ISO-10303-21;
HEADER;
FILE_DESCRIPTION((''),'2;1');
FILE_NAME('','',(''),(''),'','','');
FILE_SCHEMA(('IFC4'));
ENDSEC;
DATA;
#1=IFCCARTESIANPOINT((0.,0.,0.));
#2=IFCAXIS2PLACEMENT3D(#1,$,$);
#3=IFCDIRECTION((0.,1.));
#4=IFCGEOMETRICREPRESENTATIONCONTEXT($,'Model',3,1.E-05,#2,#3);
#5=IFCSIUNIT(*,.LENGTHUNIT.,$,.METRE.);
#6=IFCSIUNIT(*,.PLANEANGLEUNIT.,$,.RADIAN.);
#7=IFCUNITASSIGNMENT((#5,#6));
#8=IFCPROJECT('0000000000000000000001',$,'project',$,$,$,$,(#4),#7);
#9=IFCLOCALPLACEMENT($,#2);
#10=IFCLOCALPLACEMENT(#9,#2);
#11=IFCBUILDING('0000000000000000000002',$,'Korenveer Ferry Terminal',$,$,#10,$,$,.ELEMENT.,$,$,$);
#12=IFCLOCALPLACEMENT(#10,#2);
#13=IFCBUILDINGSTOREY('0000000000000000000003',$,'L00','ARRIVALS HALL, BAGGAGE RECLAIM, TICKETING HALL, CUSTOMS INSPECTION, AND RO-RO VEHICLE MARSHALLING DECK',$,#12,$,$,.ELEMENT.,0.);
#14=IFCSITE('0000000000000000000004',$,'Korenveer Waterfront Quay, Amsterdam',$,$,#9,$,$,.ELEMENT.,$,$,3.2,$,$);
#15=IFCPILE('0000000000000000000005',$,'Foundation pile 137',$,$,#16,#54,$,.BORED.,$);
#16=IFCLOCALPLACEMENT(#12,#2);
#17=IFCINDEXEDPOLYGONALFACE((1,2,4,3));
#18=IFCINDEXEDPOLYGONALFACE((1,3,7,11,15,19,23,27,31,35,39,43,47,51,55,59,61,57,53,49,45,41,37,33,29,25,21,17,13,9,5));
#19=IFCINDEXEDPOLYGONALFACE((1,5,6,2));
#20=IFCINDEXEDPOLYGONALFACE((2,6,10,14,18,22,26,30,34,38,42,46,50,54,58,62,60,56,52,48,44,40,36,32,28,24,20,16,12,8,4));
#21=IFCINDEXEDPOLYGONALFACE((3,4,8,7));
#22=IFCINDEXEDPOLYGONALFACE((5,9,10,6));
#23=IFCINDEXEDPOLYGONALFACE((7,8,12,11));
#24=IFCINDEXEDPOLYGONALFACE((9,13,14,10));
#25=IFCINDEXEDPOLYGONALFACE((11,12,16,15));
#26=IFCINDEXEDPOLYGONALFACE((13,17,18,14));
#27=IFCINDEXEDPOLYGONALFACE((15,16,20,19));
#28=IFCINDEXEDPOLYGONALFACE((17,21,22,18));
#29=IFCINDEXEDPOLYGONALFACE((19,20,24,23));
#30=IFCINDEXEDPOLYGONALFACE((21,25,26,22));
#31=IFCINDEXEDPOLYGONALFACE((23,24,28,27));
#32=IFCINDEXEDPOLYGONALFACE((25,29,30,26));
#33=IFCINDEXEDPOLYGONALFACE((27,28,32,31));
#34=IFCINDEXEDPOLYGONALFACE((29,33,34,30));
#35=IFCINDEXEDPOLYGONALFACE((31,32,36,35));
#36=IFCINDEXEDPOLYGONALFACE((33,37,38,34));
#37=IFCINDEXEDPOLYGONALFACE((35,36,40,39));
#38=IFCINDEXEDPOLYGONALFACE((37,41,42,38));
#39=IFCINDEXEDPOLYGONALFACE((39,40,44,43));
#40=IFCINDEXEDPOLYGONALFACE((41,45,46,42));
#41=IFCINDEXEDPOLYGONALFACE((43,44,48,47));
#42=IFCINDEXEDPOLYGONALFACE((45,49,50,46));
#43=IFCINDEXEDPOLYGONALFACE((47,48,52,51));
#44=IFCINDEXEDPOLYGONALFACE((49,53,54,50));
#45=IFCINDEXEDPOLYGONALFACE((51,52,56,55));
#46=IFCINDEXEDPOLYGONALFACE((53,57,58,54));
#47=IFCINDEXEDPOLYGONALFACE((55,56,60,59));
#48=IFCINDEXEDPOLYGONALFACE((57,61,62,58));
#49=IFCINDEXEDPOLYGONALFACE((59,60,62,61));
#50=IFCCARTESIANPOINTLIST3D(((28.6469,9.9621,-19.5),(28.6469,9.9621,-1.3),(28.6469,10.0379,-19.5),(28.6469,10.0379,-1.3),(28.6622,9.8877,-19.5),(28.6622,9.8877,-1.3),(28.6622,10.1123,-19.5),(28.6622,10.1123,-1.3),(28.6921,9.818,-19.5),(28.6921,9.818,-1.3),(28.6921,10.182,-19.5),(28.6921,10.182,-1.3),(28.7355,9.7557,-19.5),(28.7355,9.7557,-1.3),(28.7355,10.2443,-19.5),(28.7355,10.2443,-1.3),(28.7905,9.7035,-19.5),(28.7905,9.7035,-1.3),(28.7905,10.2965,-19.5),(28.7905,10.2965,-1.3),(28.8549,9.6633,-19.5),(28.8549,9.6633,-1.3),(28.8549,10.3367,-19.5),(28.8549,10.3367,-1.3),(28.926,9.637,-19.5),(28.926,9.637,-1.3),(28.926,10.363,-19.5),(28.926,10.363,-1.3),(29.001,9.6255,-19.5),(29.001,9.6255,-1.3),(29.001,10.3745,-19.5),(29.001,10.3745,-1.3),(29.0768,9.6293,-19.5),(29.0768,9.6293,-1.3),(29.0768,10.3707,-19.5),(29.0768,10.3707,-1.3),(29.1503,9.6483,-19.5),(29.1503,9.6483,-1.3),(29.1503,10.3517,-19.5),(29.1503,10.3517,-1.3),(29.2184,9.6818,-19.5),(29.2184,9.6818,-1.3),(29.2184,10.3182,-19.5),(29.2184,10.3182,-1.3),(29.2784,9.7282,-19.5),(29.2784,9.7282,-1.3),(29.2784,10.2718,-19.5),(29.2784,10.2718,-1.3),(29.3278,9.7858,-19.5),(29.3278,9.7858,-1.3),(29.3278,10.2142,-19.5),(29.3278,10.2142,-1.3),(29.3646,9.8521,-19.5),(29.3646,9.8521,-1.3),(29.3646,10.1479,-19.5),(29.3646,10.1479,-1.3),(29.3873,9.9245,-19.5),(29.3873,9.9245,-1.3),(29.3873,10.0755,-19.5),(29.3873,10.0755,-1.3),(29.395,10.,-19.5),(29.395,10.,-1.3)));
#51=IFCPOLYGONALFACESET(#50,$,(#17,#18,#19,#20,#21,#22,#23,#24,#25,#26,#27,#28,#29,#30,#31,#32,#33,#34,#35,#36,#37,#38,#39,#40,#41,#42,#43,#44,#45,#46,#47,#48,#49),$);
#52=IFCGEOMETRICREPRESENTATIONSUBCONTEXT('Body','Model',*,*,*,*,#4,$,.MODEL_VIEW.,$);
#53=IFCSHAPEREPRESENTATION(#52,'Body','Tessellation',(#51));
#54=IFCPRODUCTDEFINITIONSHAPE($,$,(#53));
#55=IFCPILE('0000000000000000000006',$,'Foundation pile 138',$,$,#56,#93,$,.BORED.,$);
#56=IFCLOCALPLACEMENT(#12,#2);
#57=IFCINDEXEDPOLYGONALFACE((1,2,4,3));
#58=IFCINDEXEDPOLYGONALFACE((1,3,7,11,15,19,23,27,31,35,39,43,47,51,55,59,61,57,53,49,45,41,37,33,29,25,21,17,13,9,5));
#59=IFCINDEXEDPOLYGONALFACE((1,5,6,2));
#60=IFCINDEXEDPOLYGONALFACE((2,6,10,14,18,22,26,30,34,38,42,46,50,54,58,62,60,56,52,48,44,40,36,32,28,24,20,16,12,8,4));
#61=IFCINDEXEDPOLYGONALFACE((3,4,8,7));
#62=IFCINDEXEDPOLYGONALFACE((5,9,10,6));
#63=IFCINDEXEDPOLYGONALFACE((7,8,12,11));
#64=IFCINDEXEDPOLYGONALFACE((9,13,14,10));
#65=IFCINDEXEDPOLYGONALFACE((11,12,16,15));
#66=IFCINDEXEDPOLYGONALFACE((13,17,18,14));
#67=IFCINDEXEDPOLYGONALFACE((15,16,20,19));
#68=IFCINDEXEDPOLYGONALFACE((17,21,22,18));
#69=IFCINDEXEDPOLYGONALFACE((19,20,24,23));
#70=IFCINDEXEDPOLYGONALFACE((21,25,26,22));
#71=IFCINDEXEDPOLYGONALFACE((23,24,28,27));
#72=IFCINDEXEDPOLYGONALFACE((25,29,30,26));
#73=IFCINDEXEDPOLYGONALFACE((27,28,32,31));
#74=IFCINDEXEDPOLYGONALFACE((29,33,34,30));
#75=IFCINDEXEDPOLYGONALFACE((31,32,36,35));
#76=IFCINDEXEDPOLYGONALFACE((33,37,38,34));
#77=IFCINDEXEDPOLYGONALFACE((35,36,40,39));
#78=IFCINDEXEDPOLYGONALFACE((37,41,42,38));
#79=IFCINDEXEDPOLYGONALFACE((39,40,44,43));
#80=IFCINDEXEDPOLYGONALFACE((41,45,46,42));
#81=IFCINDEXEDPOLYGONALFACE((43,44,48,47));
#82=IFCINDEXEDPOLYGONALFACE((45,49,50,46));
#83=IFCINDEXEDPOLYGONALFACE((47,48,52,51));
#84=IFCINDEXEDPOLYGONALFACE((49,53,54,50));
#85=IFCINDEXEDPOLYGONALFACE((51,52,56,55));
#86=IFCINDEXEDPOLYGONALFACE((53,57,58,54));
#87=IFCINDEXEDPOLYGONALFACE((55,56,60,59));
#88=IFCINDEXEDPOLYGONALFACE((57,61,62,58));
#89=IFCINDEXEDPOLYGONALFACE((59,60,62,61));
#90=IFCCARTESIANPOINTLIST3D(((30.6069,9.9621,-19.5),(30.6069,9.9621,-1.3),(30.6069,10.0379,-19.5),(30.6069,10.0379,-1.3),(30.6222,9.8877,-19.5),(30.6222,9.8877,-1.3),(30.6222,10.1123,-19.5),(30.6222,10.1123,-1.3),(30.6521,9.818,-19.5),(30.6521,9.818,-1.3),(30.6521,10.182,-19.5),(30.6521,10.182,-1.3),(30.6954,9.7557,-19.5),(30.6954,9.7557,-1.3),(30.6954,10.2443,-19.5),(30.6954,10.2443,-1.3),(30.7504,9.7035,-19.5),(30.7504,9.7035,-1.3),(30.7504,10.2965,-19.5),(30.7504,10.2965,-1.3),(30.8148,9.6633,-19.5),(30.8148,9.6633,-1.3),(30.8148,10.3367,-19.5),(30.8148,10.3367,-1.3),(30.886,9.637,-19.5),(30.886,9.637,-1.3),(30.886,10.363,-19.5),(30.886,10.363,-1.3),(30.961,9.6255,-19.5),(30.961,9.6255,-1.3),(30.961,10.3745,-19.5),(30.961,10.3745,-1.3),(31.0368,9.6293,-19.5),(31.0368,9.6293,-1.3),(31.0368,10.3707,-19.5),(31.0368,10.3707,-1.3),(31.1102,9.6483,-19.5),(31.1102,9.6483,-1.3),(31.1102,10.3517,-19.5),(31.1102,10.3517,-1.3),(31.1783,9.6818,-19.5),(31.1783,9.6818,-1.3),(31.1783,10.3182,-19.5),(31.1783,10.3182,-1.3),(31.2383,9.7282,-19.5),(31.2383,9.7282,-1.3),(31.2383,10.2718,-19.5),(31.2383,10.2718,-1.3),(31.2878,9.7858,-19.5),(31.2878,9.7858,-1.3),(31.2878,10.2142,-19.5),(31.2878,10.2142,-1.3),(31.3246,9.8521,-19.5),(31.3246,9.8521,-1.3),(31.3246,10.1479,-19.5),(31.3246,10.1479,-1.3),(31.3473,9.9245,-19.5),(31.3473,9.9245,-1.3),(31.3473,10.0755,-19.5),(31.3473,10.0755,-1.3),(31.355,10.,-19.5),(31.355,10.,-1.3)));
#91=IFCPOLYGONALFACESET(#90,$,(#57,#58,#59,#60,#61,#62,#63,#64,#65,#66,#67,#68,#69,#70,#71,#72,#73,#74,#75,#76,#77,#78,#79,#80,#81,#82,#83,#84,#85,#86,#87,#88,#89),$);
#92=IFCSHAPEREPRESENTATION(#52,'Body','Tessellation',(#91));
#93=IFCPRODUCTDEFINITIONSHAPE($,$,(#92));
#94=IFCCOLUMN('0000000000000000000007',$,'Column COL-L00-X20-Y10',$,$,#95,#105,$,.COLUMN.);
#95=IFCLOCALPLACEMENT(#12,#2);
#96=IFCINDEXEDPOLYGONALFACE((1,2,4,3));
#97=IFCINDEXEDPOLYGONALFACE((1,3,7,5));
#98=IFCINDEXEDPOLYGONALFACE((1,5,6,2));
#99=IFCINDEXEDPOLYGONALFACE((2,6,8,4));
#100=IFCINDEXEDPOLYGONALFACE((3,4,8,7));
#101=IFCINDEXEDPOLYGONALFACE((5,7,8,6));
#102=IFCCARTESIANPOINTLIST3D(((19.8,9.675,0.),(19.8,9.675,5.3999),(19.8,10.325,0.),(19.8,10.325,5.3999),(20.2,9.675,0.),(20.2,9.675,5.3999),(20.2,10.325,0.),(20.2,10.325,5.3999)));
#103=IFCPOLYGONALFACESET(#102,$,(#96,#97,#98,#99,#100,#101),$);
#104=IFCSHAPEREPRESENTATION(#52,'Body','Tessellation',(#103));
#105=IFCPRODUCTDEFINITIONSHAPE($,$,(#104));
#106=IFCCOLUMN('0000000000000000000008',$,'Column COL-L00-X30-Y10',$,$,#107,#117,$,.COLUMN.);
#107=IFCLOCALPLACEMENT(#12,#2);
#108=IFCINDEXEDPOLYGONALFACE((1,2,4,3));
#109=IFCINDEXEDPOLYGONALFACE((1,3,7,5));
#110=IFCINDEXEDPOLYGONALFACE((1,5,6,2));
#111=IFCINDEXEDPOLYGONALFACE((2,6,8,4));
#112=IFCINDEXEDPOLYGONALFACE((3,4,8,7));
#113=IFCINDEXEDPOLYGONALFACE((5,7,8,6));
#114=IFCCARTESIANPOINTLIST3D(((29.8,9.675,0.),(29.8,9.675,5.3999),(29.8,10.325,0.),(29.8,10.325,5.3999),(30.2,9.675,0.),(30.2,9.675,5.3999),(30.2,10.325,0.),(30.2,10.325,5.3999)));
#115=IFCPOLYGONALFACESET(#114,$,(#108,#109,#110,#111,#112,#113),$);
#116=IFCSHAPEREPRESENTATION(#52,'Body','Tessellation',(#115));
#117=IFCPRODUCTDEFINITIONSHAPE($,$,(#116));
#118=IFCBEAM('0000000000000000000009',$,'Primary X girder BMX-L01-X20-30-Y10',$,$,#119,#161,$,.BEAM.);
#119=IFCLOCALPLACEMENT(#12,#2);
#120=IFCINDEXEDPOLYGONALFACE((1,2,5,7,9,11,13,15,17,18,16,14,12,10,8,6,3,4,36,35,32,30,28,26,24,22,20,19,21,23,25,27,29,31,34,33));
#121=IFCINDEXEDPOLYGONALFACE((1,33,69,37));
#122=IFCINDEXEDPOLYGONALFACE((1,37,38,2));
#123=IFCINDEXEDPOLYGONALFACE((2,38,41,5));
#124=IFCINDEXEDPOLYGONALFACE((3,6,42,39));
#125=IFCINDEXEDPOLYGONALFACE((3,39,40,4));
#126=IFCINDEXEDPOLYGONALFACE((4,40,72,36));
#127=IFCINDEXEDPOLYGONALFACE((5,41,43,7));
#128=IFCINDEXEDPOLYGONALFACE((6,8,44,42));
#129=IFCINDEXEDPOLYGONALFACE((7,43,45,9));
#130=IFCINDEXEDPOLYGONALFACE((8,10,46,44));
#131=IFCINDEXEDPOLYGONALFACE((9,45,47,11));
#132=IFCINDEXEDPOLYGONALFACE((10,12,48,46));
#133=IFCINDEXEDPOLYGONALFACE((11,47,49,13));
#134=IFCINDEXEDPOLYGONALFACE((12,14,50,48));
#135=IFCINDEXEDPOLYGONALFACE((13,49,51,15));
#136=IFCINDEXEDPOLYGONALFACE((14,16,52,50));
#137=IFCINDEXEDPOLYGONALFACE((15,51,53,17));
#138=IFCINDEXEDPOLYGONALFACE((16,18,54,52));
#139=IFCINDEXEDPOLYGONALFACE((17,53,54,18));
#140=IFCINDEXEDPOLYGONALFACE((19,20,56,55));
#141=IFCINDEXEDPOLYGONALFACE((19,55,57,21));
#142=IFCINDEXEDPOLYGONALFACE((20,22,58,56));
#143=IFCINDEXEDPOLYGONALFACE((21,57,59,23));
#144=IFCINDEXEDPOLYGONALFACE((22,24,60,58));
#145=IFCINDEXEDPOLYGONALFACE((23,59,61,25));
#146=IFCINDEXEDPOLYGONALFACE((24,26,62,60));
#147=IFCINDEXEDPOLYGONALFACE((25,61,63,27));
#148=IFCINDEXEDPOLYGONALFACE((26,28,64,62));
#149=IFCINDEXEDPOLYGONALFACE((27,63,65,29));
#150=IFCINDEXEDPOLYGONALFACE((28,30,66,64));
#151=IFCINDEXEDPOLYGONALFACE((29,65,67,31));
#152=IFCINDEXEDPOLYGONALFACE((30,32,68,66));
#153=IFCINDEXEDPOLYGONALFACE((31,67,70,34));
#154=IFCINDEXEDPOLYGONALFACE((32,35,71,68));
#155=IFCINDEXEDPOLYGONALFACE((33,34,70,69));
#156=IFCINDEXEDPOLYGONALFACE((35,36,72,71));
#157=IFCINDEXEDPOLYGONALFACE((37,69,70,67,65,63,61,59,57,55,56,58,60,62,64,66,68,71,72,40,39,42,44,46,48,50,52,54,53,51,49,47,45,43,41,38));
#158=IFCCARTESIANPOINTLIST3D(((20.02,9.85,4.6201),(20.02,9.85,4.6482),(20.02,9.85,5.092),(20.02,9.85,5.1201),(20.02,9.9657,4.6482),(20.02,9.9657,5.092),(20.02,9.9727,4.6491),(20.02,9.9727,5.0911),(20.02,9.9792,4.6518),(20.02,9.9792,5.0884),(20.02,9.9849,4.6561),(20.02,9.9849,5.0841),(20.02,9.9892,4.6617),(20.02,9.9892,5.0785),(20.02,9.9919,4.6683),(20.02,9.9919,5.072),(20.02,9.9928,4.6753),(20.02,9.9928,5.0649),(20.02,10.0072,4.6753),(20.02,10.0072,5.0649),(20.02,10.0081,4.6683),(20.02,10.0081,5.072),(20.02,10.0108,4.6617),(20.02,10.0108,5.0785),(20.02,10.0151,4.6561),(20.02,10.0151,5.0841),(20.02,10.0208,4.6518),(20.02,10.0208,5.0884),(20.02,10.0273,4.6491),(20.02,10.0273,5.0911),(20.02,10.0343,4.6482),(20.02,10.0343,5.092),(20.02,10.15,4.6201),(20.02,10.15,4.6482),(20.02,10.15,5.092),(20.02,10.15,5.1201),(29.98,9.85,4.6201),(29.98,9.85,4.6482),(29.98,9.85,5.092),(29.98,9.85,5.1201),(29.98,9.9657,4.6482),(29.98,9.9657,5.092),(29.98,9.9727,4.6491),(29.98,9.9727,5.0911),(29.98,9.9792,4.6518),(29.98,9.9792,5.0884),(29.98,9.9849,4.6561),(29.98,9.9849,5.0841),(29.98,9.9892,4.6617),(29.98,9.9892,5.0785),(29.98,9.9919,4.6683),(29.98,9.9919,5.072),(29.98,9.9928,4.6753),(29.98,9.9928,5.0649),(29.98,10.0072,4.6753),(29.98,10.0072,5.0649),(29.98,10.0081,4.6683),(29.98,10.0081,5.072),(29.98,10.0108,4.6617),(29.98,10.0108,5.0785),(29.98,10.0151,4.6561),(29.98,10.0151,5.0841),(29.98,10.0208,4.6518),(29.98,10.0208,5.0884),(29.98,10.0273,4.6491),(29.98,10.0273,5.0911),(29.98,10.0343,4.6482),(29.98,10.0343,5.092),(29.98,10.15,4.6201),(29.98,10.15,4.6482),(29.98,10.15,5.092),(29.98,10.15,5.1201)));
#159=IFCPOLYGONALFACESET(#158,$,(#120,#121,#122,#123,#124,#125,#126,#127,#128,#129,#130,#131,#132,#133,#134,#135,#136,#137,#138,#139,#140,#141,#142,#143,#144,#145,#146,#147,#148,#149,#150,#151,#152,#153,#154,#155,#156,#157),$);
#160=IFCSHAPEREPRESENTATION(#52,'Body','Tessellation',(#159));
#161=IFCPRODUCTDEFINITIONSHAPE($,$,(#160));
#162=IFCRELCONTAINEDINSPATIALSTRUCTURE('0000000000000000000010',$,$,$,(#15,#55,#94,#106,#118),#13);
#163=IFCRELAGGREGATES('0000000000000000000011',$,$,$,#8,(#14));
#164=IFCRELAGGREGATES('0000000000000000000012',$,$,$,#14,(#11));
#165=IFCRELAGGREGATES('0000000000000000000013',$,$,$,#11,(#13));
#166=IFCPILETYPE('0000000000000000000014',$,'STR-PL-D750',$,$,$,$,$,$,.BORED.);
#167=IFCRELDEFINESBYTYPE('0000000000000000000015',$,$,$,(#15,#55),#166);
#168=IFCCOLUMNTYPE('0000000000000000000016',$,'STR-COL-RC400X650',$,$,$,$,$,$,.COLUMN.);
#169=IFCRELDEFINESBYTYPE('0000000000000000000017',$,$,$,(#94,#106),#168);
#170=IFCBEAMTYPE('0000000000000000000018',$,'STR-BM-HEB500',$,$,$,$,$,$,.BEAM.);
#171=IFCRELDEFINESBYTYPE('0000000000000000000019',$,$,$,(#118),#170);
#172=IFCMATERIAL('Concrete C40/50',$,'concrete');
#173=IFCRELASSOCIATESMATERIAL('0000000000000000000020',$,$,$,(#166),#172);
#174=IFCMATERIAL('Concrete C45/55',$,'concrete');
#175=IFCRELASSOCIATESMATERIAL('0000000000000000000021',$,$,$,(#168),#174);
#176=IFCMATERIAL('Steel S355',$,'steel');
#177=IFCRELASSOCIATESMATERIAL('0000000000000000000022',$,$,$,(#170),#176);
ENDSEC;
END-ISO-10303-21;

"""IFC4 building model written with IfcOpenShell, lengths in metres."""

from ifc_helpers import new_model, si_unit, direction, frame, origin, origin_2d, place, context, subcontext, project, spatial, rectangle, circle, i_section, extrude, material, material_profile, profile_set, type_object, element, save


model = new_model("IFC4")

# Units and contexts
model_context = context("Model", 3, precision=1e-05, world=origin(), true_north=direction((0.0, 1.0)))
body_context = subcontext(model_context, "Body", "Model", "MODEL_VIEW")
ifc_project = project(units=[si_unit("LENGTHUNIT", "METRE"), si_unit("PLANEANGLEUNIT", "RADIAN")], contexts=[model_context])

# Site, building, storey
site_placement = place(None, origin())
site = spatial("IfcSite", under=ifc_project, at=site_placement, Name="Korenveer Waterfront Quay, Amsterdam", CompositionType="ELEMENT", RefElevation=3.2)
building_placement = place(site_placement, origin())
building = spatial("IfcBuilding", under=site, at=building_placement, Name="Korenveer Ferry Terminal", CompositionType="ELEMENT")
storey_placement = place(building_placement, origin())
storey = spatial("IfcBuildingStorey", under=building, at=storey_placement, Name="L00", Description="ARRIVALS HALL, BAGGAGE RECLAIM, TICKETING HALL, CUSTOMS INSPECTION, AND RO-RO VEHICLE MARSHALLING DECK", CompositionType="ELEMENT", Elevation=0.0)

# Shared definitions
ifc_material_1 = material(Name="Concrete C40/50", Category="concrete")
ifc_material_2 = material(Name="Concrete C45/55", Category="concrete")

# Piles
ifc_material_profile_1 = material_profile(ifc_material_1, circle(Radius=0.375, at=origin_2d()), Name="PILE D750")
ifc_profile_set_1 = profile_set([ifc_material_profile_1], Name="Concrete C40/50")
pile_type_1 = type_object("IfcPileType", Name="STR-PL-D750", PredefinedType="BORED", material=ifc_profile_set_1)
for number, where, z_axis, x_axis, name in (
    (1, (29.02, 10.0, -1.3), (0.0, 0.0, -1.0), (1.0, 0.0, 0.0), "Foundation pile 137"),
    (2, (30.98, 10.0, -1.3), (0.0, 0.0, -1.0), (1.0, 0.0, 0.0), "Foundation pile 138"),
):
    element("IfcPile", number, at=place(storey_placement, frame(where, z_axis=z_axis, x_axis=x_axis)), inside=storey, type_object=pile_type_1, Name=name, PredefinedType="BORED", context=body_context, shape_type="SweptSolid", body=[
        extrude(circle(Radius=0.375, at=origin_2d()), origin(), (0.0, 0.0, 1.0), 18.2),
    ])

# Columns
ifc_material_profile_2 = material_profile(ifc_material_2, rectangle(XDim=0.3999, YDim=0.6499, at=origin_2d()), Name="RC 400x650")
ifc_profile_set_2 = profile_set([ifc_material_profile_2], Name="Concrete C45/55")
column_type = type_object("IfcColumnType", Name="STR-COL-RC400X650", PredefinedType="COLUMN", material=ifc_profile_set_2)
for number, where, z_axis, x_axis, name in (
    (3, (20.0, 10.0, 0.0), (0.0, 0.0, 1.0), (1.0, 0.0, 0.0), "Column COL-L00-X20-Y10"),
    (4, (30.0, 10.0, 0.0), (0.0, 0.0, 1.0), (1.0, 0.0, 0.0), "Column COL-L00-X30-Y10"),
):
    element("IfcColumn", number, at=place(storey_placement, frame(where, z_axis=z_axis, x_axis=x_axis)), inside=storey, type_object=column_type, Name=name, PredefinedType="COLUMN", context=body_context, shape_type="SweptSolid", body=[
        extrude(rectangle(XDim=0.3999, YDim=0.6499, at=origin_2d()), origin(), (0.0, 0.0, 1.0), 5.3999),
    ])

# Beam
ifc_material_3 = material(Name="Steel S355", Category="steel")
ifc_material_profile_3 = material_profile(ifc_material_3, i_section(OverallWidth=0.3, OverallDepth=0.5, WebThickness=0.0144, FlangeThickness=0.0281, FilletRadius=0.0271, at=origin_2d()), Name="HEB 500")
ifc_profile_set_3 = profile_set([ifc_material_profile_3], Name="Steel S355")
beam_type_1 = type_object("IfcBeamType", Name="STR-BM-HEB500", PredefinedType="BEAM", material=ifc_profile_set_3)
for number, where, z_axis, x_axis, name in (
    (5, (20.02, 10.0, 4.8701), (1.0, 0.0, 0.0), (0.0, 1.0, 0.0), "Primary X girder BMX-L01-X20-30-Y10"),
):
    element("IfcBeam", number, at=place(storey_placement, frame(where, z_axis=z_axis, x_axis=x_axis)), inside=storey, type_object=beam_type_1, Name=name, PredefinedType="BEAM", context=body_context, shape_type="SweptSolid", body=[
        extrude(i_section(OverallWidth=0.3, OverallDepth=0.5, WebThickness=0.0144, FlangeThickness=0.0281, FilletRadius=0.0271, at=origin_2d()), origin(), (0.0, 0.0, 1.0), 9.96),
    ])

save(model, "model.ifc")
